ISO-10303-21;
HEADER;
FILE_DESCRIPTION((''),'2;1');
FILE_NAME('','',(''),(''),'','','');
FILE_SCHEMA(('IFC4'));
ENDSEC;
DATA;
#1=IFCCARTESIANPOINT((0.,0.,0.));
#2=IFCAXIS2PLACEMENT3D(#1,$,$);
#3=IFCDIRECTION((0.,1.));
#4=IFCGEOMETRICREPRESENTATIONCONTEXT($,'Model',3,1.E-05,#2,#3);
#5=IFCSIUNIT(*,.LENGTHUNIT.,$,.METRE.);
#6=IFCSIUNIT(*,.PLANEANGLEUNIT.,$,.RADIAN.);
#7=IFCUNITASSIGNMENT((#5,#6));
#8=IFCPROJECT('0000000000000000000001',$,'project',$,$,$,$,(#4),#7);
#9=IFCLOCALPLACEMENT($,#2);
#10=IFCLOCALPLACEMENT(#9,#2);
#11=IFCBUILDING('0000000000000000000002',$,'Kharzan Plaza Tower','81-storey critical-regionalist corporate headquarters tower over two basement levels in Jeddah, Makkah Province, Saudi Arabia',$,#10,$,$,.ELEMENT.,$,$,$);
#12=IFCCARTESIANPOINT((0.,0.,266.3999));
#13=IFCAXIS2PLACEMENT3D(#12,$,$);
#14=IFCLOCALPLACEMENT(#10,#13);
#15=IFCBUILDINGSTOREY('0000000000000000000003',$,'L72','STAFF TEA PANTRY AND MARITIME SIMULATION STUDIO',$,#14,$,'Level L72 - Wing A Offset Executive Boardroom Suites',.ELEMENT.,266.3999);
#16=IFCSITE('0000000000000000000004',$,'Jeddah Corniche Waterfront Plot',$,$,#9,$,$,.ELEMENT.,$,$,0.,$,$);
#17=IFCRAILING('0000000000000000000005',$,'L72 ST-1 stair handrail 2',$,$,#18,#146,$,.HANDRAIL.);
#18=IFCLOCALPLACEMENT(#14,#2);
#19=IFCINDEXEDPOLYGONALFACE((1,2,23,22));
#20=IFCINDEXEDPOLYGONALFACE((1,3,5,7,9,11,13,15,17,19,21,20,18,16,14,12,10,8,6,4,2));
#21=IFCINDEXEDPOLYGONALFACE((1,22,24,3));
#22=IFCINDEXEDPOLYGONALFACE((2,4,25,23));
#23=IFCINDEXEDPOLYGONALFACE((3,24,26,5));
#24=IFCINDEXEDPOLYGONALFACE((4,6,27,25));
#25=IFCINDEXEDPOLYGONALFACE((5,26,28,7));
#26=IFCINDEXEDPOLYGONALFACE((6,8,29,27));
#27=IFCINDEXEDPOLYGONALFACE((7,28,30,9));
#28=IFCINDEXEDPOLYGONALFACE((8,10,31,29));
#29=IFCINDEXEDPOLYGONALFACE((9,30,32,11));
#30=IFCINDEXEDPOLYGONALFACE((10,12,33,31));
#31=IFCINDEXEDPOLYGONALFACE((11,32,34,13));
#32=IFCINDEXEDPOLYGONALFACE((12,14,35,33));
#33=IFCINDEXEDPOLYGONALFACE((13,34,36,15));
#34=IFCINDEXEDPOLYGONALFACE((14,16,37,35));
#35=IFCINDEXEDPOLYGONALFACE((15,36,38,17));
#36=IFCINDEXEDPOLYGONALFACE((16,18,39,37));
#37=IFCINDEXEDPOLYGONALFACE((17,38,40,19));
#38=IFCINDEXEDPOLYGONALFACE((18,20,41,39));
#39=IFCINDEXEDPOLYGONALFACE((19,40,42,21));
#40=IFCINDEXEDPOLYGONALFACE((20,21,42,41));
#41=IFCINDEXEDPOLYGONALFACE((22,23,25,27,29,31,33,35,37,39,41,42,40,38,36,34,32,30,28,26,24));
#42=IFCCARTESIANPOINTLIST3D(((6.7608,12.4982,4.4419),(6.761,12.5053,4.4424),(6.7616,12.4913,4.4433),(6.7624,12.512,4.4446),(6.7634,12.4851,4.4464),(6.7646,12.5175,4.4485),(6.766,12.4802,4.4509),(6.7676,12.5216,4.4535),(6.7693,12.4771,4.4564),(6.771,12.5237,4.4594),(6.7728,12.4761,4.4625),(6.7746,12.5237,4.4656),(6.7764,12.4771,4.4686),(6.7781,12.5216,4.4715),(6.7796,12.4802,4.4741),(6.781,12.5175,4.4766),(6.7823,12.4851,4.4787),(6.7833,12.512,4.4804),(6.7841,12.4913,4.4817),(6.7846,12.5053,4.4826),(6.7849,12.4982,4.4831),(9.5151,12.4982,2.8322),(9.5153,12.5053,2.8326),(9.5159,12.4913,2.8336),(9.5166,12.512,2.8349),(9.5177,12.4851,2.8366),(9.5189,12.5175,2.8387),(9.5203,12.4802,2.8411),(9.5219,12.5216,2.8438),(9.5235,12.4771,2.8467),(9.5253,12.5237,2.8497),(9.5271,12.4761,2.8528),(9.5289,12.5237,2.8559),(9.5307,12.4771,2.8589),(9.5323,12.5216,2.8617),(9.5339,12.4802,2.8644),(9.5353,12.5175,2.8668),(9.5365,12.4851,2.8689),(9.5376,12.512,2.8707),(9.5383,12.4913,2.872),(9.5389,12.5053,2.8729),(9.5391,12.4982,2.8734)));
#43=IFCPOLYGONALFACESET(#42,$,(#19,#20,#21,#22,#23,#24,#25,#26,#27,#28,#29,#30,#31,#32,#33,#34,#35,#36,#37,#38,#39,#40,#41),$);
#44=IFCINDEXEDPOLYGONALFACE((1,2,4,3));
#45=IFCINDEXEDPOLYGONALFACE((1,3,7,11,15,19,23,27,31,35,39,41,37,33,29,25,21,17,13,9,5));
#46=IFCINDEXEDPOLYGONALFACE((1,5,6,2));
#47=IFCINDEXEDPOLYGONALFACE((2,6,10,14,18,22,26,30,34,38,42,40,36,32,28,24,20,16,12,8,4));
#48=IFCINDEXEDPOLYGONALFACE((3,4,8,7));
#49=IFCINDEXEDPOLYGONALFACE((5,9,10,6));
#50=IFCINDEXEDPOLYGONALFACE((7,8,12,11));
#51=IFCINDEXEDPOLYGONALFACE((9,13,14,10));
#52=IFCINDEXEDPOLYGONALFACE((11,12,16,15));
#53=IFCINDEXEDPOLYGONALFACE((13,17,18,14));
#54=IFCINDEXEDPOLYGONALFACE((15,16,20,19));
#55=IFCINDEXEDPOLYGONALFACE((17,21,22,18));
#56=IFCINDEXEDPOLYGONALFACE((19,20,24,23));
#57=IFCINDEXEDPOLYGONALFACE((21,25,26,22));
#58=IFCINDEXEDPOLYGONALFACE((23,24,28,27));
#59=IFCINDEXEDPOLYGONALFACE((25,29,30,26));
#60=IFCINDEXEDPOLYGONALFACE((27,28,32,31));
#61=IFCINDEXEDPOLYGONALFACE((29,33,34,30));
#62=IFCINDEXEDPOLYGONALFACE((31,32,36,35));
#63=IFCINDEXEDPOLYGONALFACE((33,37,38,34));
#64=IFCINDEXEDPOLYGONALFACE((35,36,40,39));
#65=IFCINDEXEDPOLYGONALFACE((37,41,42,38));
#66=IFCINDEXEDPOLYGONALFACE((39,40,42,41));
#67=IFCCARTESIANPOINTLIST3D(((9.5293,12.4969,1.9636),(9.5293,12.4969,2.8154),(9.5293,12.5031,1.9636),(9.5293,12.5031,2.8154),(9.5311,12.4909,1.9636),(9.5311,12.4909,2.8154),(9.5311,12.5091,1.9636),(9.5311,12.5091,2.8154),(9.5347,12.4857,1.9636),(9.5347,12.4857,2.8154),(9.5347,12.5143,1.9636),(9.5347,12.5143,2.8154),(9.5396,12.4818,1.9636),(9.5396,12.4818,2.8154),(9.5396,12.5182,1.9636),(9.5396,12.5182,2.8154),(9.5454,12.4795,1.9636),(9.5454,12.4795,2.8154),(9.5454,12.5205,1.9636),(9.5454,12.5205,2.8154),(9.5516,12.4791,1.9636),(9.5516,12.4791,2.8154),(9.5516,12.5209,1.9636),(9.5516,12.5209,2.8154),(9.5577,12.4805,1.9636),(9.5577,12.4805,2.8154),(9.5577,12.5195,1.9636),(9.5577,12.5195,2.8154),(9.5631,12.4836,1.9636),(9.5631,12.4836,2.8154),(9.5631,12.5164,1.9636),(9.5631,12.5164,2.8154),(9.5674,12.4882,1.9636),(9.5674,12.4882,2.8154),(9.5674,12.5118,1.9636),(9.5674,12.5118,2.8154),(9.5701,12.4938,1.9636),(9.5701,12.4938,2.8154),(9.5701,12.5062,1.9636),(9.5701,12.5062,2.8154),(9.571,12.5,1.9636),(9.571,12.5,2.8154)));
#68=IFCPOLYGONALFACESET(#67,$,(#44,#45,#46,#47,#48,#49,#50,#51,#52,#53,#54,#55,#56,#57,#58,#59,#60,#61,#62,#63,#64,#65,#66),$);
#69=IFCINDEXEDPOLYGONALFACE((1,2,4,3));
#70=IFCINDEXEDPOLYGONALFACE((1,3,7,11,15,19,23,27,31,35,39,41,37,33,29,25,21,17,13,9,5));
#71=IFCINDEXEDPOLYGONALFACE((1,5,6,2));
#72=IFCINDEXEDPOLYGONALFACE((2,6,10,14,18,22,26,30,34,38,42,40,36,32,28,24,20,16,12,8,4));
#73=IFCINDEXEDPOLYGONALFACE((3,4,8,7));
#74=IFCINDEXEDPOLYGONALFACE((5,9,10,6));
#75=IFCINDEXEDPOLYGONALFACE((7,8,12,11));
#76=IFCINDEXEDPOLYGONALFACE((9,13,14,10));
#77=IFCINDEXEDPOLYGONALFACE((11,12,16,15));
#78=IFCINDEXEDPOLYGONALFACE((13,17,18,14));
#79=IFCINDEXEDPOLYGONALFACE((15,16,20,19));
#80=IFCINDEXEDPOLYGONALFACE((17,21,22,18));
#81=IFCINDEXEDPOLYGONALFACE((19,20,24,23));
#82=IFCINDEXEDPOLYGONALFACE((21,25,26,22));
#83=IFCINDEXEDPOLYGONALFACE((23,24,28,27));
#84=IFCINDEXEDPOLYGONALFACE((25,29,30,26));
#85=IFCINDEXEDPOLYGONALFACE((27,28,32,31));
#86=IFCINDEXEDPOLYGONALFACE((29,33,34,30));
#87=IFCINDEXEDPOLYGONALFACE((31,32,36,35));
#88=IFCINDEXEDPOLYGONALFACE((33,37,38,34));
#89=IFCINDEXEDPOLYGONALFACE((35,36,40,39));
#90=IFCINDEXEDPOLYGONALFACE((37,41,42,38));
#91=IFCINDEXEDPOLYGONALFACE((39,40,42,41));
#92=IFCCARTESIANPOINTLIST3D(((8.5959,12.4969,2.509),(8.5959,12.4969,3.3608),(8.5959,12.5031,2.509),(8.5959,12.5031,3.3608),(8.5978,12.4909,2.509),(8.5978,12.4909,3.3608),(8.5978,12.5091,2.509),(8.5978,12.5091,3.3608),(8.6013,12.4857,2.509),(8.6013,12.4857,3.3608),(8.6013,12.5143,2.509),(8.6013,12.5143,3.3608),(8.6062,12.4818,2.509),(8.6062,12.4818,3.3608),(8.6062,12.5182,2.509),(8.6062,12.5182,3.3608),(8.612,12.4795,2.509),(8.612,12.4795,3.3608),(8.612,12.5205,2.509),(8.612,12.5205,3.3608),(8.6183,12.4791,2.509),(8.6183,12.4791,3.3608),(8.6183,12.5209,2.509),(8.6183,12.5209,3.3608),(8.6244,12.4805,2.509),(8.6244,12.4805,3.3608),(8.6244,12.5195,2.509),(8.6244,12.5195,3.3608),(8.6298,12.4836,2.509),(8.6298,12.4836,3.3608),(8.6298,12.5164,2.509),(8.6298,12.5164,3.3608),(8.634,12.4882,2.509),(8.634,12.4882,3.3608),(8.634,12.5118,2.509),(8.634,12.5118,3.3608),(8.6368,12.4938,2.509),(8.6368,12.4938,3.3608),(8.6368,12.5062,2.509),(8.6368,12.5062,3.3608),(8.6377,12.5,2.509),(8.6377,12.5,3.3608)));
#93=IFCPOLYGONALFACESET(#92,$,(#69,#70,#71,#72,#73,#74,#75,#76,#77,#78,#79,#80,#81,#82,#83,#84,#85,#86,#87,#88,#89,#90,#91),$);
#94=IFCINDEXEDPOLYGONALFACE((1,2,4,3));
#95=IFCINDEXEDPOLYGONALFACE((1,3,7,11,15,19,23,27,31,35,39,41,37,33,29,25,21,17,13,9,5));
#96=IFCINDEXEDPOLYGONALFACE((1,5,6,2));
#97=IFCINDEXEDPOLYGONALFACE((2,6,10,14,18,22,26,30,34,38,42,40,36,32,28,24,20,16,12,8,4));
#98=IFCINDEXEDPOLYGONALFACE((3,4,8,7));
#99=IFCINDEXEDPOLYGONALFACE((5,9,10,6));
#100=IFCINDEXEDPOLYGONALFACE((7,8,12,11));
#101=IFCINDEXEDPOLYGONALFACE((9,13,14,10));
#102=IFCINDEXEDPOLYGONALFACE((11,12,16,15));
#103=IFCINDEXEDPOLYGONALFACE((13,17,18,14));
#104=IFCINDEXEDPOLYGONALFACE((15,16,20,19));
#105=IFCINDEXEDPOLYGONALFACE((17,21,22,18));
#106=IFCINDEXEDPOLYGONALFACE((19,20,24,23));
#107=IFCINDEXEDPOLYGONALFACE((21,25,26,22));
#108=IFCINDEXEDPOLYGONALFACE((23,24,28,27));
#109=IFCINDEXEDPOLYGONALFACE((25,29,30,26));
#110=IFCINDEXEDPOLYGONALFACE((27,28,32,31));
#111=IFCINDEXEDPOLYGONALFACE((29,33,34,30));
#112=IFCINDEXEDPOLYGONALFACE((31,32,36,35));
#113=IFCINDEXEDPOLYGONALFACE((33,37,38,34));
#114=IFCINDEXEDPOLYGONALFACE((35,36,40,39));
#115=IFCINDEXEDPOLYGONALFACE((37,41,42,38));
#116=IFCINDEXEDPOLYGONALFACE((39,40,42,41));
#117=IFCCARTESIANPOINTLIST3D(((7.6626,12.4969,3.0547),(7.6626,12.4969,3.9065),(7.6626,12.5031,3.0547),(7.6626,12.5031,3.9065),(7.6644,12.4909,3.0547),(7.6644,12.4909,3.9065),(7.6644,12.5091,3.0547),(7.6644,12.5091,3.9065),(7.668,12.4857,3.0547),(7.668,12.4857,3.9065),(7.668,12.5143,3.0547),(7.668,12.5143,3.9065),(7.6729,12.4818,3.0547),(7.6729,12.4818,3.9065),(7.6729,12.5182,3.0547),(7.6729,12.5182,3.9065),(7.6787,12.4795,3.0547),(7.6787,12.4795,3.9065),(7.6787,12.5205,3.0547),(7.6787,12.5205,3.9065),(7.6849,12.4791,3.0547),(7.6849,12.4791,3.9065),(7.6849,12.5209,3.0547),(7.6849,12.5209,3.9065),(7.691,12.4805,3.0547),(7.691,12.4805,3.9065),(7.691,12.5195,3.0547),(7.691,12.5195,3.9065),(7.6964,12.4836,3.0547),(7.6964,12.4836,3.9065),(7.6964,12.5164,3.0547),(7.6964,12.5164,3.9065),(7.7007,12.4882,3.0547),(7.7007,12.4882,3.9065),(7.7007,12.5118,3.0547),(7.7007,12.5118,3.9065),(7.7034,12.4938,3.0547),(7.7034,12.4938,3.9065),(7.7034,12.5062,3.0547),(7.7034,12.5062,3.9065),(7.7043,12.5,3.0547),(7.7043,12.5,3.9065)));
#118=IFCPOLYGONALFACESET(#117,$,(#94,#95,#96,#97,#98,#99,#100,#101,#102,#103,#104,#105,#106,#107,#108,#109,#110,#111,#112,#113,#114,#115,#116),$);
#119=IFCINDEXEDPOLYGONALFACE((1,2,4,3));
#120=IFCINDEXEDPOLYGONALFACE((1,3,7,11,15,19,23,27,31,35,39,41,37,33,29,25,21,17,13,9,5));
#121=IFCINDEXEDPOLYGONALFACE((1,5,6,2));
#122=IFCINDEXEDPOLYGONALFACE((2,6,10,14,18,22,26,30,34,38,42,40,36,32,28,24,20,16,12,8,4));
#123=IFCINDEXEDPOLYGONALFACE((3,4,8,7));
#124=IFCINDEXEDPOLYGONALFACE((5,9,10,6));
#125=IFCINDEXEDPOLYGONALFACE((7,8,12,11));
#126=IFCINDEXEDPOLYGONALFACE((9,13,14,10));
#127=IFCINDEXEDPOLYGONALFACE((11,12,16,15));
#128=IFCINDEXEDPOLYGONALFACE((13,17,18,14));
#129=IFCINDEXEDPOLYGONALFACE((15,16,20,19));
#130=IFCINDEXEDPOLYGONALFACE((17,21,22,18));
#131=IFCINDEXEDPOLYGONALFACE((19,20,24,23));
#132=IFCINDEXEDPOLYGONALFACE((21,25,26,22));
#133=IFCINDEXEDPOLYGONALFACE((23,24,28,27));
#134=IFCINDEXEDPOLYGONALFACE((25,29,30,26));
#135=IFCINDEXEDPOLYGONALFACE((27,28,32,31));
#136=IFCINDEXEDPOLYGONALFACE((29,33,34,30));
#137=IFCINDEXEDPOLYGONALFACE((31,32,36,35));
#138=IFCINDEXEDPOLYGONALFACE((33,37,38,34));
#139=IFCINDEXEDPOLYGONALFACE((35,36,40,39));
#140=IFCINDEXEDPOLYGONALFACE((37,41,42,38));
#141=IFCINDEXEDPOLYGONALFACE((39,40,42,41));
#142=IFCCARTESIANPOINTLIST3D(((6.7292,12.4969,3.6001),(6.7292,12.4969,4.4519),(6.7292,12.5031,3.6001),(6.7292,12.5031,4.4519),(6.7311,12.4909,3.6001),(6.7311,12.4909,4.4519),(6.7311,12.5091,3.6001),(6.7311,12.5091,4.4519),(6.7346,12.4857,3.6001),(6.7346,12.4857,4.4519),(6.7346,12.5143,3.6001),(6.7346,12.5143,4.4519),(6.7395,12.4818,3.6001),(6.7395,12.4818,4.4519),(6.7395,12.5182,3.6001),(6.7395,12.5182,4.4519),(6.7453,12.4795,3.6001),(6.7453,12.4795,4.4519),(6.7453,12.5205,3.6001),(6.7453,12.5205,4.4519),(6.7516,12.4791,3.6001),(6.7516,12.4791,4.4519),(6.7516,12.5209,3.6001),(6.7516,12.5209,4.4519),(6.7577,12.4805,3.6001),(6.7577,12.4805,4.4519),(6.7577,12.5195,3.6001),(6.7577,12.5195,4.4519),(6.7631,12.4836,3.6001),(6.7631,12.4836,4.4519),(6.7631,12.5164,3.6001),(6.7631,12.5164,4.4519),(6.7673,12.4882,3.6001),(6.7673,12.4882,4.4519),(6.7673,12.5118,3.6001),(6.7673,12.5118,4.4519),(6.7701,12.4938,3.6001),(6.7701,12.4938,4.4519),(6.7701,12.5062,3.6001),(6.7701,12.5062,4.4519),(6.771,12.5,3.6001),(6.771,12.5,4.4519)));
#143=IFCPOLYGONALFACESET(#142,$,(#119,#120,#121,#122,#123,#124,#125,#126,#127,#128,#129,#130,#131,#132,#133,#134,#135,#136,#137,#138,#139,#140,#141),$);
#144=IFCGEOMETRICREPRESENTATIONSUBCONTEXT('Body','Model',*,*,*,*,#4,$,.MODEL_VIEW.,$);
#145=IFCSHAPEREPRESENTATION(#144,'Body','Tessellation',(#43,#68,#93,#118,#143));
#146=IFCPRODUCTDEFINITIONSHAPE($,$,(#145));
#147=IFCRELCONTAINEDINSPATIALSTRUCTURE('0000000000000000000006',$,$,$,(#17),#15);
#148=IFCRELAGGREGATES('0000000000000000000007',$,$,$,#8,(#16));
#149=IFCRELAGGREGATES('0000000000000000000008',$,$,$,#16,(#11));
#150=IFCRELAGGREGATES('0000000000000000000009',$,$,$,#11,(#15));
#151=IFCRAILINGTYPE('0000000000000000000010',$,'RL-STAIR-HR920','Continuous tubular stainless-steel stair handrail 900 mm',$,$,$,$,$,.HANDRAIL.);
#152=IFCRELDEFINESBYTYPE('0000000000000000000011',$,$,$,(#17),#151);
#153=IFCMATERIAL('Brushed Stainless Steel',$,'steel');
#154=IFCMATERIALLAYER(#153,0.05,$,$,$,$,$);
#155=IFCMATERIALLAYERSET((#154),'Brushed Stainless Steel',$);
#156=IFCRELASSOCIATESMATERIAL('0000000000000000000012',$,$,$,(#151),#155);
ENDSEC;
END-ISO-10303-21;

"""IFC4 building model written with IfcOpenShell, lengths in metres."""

from ifc_helpers import new_model, si_unit, direction, frame, origin, origin_2d, place, context, subcontext, project, spatial, circle, extrude, source, transform, mapped, material, layer, layer_set, type_object, element, save


model = new_model("IFC4")

# Units and contexts
model_context = context("Model", 3, precision=1e-05, world=origin(), true_north=direction((0.0, 1.0)))
body_context = subcontext(model_context, "Body", "Model", "MODEL_VIEW")
ifc_project = project(units=[si_unit("LENGTHUNIT", "METRE"), si_unit("PLANEANGLEUNIT", "RADIAN")], contexts=[model_context])

# Site, building, storey
site_placement = place(None, origin())
site = spatial("IfcSite", under=ifc_project, at=site_placement, Name="Jeddah Corniche Waterfront Plot", CompositionType="ELEMENT", RefElevation=0.0)
building_placement = place(site_placement, origin())
building = spatial("IfcBuilding", under=site, at=building_placement, Name="Kharzan Plaza Tower", Description="81-storey critical-regionalist corporate headquarters tower over two basement levels in Jeddah, Makkah Province, Saudi Arabia", CompositionType="ELEMENT")
storey_placement = place(building_placement, frame((0.0, 0.0, 266.3999)))
storey = spatial("IfcBuildingStorey", under=building, at=storey_placement, Name="L72", Description="STAFF TEA PANTRY AND MARITIME SIMULATION STUDIO", LongName="Level L72 - Wing A Offset Executive Boardroom Suites", CompositionType="ELEMENT", Elevation=266.3999)

# Shared definitions
ifc_material_1 = material(Name="Brushed Stainless Steel", Category="steel")

# Railing
ifc_layer_1 = layer(ifc_material_1, 0.05)
ifc_layer_set_1 = layer_set([ifc_layer_1], Name="Brushed Stainless Steel")
railing_type_1 = type_object("IfcRailingType", Name="RL-STAIR-HR920", Description="Continuous tubular stainless-steel stair handrail 900 mm", PredefinedType="HANDRAIL", material=ifc_layer_set_1)
shared_shape_1 = source(origin(), body_context, "Body", "SweptSolid", [
    extrude(circle(Radius=0.0239, at=origin_2d()), frame((-0.0229, 0.0, 0.8892), z_axis=(-0.863361, 0.0, 0.504587), x_axis=(0.0, -1.0, 0.0)), (0.0, 0.0, 1.0), 3.1902),
    extrude(circle(Radius=0.021, at=origin_2d()), origin(), (0.0, 0.0, 1.0), 0.8518),
    extrude(circle(Radius=0.021, at=origin_2d()), frame((-0.9333, 0.0, 0.5454)), (0.0, 0.0, 1.0), 0.8518),
    extrude(circle(Radius=0.021, at=origin_2d()), frame((-1.8667, 0.0, 1.0911)), (0.0, 0.0, 1.0), 0.8518),
    extrude(circle(Radius=0.021, at=origin_2d()), frame((-2.8, 0.0, 1.6365)), (0.0, 0.0, 1.0), 0.8518),
])
railing_1_placement = place(storey_placement, frame((9.55, 12.5, 1.9636)))
element("IfcRailing", 1, at=railing_1_placement, inside=storey, type_object=railing_type_1, Name="L72 ST-1 stair handrail 2", PredefinedType="HANDRAIL", context=body_context, shape_type="MappedRepresentation", body=[
    mapped(shared_shape_1, transform((0.0, 0.0, 0.0), x_axis=(1.0, 0.0, 0.0), y_axis=(0.0, 1.0, 0.0), z_axis=(0.0, 0.0, 1.0))),
])

save(model, "model.ifc")
